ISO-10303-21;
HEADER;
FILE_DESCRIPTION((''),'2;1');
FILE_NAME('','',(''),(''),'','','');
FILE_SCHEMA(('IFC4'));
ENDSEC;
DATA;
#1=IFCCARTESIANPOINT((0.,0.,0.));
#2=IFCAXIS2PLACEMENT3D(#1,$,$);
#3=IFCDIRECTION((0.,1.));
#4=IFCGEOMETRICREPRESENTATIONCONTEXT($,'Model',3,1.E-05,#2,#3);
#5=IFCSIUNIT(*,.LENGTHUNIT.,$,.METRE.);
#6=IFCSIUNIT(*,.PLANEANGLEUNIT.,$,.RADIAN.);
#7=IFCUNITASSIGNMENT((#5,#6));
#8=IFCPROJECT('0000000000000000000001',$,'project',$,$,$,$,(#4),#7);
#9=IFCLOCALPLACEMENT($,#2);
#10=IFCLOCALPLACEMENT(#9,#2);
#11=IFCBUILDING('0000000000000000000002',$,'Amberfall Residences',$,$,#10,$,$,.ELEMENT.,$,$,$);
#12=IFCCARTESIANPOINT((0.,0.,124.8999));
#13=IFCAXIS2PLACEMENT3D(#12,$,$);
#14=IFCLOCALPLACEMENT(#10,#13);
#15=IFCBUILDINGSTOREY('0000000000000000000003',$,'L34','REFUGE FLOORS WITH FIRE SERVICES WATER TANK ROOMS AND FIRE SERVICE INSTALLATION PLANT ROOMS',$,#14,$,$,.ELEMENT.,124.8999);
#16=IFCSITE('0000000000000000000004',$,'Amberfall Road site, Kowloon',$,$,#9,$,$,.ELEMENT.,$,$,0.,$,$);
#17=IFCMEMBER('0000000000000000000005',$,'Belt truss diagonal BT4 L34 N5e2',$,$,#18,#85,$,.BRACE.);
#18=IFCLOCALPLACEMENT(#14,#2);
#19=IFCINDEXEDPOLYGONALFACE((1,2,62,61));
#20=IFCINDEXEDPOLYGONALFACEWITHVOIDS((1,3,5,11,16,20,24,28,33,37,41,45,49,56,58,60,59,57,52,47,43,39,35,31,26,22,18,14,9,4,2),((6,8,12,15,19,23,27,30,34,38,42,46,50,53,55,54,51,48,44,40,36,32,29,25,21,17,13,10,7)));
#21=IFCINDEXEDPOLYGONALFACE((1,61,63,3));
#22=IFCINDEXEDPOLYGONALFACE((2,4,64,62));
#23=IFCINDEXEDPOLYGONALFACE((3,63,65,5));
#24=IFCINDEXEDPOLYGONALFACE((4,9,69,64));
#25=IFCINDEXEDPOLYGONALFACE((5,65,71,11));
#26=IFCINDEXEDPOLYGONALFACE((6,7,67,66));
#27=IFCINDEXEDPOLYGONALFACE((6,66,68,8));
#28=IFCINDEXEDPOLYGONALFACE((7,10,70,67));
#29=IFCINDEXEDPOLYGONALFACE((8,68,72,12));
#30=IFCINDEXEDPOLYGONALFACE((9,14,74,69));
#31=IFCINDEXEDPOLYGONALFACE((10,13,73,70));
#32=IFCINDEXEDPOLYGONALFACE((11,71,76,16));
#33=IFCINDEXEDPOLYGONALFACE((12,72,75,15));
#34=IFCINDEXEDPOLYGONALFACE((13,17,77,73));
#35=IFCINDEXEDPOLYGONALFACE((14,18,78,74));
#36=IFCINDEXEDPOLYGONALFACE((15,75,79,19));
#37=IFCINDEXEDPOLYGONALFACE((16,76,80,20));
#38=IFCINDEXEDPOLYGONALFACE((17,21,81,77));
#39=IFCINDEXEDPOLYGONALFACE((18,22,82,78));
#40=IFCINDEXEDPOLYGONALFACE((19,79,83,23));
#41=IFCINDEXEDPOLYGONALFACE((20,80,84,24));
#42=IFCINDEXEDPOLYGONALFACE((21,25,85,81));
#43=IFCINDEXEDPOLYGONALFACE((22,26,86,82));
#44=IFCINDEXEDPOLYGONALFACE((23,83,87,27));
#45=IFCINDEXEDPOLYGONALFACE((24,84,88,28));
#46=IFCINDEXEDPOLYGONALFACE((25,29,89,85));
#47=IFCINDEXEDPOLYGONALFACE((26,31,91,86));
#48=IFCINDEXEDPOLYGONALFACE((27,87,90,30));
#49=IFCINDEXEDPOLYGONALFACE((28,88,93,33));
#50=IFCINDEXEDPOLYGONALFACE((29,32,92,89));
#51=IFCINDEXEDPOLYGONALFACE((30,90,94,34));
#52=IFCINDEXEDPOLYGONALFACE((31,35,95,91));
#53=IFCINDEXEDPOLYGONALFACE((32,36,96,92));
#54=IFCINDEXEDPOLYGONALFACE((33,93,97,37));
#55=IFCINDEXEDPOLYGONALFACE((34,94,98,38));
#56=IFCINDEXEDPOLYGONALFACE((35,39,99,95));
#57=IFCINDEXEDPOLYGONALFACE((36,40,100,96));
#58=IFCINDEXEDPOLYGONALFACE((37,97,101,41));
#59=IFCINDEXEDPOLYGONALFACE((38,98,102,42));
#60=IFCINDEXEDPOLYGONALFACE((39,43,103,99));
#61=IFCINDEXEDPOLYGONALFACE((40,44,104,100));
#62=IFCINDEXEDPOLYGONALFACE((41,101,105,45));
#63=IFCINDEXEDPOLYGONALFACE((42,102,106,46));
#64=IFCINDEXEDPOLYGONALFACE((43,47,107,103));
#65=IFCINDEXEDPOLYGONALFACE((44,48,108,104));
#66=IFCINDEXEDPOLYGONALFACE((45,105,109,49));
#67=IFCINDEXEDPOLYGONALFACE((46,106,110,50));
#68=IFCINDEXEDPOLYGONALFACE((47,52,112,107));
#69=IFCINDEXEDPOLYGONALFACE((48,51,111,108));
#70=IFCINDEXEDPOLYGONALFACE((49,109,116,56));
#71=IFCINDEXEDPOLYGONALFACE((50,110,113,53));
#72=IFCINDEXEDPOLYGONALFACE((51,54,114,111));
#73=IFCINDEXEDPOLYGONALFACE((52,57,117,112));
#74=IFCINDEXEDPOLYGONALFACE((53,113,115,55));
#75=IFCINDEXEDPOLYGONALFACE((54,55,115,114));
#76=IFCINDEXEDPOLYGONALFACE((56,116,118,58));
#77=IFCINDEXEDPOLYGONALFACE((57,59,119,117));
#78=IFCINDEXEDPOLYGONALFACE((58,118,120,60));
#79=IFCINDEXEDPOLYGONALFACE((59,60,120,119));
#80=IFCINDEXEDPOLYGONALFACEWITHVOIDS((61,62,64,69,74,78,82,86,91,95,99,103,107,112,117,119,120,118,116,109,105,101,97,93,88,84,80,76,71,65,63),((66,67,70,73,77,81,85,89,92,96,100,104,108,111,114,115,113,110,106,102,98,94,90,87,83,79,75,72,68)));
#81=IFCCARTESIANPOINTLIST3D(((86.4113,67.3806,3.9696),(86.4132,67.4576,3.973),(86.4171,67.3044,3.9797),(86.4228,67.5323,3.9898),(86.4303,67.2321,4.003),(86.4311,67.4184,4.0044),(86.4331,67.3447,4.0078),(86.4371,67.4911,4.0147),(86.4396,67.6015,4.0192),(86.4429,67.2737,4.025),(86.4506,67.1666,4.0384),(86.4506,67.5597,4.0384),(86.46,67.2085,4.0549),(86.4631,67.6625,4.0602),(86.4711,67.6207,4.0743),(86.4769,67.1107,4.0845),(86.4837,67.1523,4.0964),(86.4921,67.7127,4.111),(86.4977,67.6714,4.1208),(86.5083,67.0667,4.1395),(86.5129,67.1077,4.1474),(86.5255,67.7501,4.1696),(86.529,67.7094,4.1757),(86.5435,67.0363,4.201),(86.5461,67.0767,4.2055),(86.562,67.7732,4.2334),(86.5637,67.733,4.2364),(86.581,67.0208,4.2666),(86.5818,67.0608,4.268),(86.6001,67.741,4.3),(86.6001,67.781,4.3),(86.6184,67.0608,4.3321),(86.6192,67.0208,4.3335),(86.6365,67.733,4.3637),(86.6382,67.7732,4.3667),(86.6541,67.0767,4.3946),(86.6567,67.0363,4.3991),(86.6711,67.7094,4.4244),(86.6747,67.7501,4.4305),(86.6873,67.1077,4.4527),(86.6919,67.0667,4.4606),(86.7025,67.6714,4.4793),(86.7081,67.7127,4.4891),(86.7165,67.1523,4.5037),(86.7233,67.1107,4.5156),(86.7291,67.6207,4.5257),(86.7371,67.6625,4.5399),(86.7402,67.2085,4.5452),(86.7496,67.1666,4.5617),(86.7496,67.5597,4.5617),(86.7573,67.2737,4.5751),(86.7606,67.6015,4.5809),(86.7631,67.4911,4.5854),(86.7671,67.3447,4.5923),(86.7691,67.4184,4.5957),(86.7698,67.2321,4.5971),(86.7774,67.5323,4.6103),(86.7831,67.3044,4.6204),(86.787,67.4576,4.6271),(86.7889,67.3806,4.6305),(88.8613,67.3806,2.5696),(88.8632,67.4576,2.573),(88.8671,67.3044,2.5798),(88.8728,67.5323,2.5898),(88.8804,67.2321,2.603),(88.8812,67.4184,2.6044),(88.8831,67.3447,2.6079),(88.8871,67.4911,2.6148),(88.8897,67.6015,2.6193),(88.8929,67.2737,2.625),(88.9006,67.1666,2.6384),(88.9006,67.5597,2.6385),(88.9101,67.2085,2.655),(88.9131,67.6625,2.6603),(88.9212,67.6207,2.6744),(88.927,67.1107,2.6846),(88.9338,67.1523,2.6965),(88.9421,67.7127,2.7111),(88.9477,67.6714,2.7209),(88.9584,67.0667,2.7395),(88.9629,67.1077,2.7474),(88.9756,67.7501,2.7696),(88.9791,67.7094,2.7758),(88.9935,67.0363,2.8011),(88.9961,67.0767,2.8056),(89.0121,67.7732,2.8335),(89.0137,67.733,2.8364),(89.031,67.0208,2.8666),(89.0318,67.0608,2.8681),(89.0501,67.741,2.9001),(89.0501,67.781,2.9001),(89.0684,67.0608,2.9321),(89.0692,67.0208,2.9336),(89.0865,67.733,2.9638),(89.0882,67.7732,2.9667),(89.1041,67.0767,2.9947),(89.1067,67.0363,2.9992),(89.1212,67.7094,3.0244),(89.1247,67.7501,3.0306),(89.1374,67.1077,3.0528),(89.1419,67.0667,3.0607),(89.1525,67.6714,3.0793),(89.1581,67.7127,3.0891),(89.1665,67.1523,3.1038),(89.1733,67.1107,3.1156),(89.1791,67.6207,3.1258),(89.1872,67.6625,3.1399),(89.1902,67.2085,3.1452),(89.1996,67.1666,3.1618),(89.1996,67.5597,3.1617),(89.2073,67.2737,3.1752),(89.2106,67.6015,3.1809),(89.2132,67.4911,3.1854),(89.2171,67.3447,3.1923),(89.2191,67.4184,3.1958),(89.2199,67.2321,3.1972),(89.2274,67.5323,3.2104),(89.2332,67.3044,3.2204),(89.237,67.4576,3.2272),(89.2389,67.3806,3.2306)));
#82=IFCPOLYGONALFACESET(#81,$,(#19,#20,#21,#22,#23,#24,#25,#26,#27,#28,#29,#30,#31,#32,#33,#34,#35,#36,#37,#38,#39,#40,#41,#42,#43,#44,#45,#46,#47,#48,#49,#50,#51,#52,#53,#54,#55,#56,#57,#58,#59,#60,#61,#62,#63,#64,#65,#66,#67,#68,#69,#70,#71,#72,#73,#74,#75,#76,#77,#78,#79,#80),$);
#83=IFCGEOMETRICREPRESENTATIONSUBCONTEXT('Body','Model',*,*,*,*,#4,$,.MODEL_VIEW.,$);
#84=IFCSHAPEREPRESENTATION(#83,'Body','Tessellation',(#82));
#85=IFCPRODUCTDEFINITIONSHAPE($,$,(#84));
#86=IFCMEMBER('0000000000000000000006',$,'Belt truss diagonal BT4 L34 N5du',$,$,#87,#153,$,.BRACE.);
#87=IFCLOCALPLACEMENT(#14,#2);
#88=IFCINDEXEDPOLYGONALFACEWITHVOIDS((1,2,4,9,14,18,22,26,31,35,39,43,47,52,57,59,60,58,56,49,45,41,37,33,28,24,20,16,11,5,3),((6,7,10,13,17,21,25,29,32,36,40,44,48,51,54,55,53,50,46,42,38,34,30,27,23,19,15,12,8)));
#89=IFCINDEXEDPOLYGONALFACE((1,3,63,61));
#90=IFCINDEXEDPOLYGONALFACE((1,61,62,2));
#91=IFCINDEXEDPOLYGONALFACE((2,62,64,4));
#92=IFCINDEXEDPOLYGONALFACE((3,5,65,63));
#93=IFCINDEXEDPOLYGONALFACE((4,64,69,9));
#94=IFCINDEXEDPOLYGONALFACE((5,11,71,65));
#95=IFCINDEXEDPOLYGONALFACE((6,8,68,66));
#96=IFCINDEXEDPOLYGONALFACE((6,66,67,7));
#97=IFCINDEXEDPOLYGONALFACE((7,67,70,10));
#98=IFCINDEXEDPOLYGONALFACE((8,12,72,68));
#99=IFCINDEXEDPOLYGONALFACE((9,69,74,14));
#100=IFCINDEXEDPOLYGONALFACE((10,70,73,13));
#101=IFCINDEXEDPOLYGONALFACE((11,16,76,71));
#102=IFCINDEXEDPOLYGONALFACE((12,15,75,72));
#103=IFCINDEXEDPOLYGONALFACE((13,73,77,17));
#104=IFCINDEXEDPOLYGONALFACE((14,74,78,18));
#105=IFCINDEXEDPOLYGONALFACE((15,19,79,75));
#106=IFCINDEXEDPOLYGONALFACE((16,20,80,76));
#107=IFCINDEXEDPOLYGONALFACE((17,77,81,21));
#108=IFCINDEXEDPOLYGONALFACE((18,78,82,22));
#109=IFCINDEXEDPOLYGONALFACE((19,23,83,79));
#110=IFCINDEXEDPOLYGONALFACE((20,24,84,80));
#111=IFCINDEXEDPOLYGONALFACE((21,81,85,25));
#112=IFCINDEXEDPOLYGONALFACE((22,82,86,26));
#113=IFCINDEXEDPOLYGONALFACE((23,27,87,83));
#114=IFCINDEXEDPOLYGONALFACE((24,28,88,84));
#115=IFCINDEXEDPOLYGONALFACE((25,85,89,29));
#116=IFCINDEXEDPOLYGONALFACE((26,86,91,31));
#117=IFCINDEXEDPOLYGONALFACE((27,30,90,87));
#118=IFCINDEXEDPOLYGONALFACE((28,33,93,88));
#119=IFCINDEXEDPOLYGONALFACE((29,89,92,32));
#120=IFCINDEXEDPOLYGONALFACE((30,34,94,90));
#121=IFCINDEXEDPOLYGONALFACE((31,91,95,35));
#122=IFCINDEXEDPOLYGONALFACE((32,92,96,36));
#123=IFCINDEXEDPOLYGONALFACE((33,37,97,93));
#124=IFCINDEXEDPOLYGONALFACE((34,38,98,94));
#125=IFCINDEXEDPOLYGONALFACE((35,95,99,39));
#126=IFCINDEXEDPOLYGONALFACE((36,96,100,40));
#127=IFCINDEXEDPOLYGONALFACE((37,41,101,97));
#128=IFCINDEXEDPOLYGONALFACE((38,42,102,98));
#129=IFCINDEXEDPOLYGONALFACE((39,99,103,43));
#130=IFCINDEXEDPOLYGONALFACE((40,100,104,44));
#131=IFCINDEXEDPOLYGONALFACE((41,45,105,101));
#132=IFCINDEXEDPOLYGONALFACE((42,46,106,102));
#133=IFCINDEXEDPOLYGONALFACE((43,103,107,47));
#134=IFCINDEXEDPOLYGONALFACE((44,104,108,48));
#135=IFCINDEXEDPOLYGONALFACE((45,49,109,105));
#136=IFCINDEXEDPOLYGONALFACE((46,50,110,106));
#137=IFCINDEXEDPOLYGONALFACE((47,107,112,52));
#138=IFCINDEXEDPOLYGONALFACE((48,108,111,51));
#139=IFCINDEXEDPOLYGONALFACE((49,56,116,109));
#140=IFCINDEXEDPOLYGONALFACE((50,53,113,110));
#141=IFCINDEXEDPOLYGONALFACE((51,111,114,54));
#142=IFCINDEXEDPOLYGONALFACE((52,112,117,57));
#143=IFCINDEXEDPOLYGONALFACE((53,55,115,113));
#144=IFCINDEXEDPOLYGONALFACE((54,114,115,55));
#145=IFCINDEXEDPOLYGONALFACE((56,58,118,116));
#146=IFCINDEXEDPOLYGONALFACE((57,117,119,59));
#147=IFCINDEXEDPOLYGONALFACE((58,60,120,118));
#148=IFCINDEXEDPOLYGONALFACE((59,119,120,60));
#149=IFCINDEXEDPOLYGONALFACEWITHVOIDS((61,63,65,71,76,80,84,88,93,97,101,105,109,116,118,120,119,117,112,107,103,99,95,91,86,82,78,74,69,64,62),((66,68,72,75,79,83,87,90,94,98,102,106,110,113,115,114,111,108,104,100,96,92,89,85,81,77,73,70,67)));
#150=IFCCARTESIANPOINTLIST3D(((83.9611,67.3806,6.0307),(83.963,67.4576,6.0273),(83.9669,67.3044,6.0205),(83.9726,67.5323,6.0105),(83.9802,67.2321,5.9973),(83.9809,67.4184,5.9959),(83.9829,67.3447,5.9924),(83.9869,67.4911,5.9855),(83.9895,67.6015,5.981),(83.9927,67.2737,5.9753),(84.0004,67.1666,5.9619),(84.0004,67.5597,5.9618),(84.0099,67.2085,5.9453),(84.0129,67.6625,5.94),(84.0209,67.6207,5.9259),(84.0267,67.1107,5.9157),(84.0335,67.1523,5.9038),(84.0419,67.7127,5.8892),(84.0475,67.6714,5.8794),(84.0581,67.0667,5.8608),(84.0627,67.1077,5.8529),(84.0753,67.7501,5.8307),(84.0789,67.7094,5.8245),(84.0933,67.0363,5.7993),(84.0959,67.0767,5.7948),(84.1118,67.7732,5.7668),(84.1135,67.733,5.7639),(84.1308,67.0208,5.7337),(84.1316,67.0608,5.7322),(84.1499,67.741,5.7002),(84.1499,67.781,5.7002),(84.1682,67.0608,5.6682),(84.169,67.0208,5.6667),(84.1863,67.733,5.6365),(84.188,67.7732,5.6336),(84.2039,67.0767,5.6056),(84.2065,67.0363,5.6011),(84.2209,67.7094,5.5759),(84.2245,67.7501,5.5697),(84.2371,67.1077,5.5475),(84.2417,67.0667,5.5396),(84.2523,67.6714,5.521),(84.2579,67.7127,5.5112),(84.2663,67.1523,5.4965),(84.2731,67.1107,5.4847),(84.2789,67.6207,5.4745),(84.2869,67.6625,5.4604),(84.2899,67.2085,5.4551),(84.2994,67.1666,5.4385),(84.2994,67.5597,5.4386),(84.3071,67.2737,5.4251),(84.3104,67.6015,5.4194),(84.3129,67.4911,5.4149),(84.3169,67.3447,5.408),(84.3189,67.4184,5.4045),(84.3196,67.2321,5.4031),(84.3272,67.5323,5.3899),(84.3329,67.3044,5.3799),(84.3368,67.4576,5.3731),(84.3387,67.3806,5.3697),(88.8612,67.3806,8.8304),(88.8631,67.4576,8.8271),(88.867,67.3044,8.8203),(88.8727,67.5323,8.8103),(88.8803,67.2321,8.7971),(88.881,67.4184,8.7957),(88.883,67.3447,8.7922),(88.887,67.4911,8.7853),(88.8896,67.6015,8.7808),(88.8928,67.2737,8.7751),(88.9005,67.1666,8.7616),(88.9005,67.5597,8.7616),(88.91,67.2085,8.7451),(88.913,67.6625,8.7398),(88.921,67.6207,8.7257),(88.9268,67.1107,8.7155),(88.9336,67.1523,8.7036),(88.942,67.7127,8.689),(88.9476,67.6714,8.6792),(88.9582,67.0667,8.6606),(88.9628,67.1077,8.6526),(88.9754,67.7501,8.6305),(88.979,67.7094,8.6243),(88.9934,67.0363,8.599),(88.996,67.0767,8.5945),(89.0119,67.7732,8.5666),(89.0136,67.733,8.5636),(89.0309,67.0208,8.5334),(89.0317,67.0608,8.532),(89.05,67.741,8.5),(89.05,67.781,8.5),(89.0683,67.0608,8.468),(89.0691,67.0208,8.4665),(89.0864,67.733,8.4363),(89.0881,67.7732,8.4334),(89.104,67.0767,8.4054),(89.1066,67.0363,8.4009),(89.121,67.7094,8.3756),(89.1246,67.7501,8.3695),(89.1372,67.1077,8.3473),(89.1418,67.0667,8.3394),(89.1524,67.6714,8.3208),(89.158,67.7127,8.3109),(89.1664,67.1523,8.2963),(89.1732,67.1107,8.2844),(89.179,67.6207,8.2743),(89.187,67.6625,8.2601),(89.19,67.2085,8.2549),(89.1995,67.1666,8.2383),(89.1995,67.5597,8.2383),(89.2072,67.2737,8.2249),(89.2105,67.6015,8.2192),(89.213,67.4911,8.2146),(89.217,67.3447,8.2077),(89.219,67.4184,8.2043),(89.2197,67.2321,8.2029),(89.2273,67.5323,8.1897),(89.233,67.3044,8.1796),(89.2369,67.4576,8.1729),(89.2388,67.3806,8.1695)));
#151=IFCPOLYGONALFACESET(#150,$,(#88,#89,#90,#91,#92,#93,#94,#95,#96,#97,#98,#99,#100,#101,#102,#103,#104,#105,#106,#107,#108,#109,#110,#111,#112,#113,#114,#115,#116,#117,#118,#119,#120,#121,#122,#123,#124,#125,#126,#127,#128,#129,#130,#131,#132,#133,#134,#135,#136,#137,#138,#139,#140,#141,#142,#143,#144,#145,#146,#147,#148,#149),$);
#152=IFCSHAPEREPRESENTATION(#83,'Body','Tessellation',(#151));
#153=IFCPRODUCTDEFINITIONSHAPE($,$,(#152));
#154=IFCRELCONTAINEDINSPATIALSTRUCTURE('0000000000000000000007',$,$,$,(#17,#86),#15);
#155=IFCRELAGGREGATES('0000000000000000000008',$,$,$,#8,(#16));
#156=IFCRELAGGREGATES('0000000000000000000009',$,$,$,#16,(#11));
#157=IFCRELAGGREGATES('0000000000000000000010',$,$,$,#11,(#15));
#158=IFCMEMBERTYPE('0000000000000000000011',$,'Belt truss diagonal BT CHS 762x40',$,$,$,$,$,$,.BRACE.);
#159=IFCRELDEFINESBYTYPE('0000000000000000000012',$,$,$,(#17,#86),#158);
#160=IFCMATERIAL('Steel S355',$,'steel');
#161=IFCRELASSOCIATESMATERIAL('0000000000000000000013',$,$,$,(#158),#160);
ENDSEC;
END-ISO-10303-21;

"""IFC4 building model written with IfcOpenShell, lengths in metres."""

from ifc_helpers import new_model, si_unit, direction, frame, origin, origin_2d, place, context, subcontext, project, spatial, hollow_circle, extrude, material, material_profile, profile_set, type_object, element, save


model = new_model("IFC4")

# Units and contexts
model_context = context("Model", 3, precision=1e-05, world=origin(), true_north=direction((0.0, 1.0)))
body_context = subcontext(model_context, "Body", "Model", "MODEL_VIEW")
ifc_project = project(units=[si_unit("LENGTHUNIT", "METRE"), si_unit("PLANEANGLEUNIT", "RADIAN")], contexts=[model_context])

# Site, building, storey
site_placement = place(None, origin())
site = spatial("IfcSite", under=ifc_project, at=site_placement, Name="Amberfall Road site, Kowloon", CompositionType="ELEMENT", RefElevation=0.0)
building_placement = place(site_placement, origin())
building = spatial("IfcBuilding", under=site, at=building_placement, Name="Amberfall Residences", CompositionType="ELEMENT")
storey_placement = place(building_placement, frame((0.0, 0.0, 124.8999)))
storey = spatial("IfcBuildingStorey", under=building, at=storey_placement, Name="L34", Description="REFUGE FLOORS WITH FIRE SERVICES WATER TANK ROOMS AND FIRE SERVICE INSTALLATION PLANT ROOMS", CompositionType="ELEMENT", Elevation=124.8999)

# Shared definitions
ifc_material_1 = material(Name="Steel S355", Category="steel")

# Members
ifc_material_profile_1 = material_profile(ifc_material_1, hollow_circle(Radius=0.3811, WallThickness=0.04, at=origin_2d()), Name="CHS 762x40")
ifc_profile_set_1 = profile_set([ifc_material_profile_1], Name="Steel S355")
member_type = type_object("IfcMemberType", Name="Belt truss diagonal BT CHS 762x40", PredefinedType="BRACE", material=ifc_profile_set_1)
member_1_placement = place(storey_placement, frame((86.6001, 67.3999, 4.3), z_axis=(0.868254, 0.0, -0.49612), x_axis=(0.0, 1.0, 0.0)))
element("IfcMember", 1, at=member_1_placement, inside=storey, type_object=member_type, Name="Belt truss diagonal BT4 L34 N5e2", PredefinedType="BRACE", context=body_context, shape_type="SweptSolid", body=[
    extrude(hollow_circle(Radius=0.3811, WallThickness=0.04, at=origin_2d()), origin(), (0.0, 0.0, 1.0), 2.8218),
])
member_2_placement = place(storey_placement, frame((84.1499, 67.3999, 5.7002), z_axis=(0.868264, 0.0, 0.496102), x_axis=(0.0, 1.0, 0.0)))
element("IfcMember", 2, at=member_2_placement, inside=storey, type_object=member_type, Name="Belt truss diagonal BT4 L34 N5du", PredefinedType="BRACE", context=body_context, shape_type="SweptSolid", body=[
    extrude(hollow_circle(Radius=0.3811, WallThickness=0.04, at=origin_2d()), origin(), (0.0, 0.0, 1.0), 5.6436),
])

save(model, "model.ifc")
